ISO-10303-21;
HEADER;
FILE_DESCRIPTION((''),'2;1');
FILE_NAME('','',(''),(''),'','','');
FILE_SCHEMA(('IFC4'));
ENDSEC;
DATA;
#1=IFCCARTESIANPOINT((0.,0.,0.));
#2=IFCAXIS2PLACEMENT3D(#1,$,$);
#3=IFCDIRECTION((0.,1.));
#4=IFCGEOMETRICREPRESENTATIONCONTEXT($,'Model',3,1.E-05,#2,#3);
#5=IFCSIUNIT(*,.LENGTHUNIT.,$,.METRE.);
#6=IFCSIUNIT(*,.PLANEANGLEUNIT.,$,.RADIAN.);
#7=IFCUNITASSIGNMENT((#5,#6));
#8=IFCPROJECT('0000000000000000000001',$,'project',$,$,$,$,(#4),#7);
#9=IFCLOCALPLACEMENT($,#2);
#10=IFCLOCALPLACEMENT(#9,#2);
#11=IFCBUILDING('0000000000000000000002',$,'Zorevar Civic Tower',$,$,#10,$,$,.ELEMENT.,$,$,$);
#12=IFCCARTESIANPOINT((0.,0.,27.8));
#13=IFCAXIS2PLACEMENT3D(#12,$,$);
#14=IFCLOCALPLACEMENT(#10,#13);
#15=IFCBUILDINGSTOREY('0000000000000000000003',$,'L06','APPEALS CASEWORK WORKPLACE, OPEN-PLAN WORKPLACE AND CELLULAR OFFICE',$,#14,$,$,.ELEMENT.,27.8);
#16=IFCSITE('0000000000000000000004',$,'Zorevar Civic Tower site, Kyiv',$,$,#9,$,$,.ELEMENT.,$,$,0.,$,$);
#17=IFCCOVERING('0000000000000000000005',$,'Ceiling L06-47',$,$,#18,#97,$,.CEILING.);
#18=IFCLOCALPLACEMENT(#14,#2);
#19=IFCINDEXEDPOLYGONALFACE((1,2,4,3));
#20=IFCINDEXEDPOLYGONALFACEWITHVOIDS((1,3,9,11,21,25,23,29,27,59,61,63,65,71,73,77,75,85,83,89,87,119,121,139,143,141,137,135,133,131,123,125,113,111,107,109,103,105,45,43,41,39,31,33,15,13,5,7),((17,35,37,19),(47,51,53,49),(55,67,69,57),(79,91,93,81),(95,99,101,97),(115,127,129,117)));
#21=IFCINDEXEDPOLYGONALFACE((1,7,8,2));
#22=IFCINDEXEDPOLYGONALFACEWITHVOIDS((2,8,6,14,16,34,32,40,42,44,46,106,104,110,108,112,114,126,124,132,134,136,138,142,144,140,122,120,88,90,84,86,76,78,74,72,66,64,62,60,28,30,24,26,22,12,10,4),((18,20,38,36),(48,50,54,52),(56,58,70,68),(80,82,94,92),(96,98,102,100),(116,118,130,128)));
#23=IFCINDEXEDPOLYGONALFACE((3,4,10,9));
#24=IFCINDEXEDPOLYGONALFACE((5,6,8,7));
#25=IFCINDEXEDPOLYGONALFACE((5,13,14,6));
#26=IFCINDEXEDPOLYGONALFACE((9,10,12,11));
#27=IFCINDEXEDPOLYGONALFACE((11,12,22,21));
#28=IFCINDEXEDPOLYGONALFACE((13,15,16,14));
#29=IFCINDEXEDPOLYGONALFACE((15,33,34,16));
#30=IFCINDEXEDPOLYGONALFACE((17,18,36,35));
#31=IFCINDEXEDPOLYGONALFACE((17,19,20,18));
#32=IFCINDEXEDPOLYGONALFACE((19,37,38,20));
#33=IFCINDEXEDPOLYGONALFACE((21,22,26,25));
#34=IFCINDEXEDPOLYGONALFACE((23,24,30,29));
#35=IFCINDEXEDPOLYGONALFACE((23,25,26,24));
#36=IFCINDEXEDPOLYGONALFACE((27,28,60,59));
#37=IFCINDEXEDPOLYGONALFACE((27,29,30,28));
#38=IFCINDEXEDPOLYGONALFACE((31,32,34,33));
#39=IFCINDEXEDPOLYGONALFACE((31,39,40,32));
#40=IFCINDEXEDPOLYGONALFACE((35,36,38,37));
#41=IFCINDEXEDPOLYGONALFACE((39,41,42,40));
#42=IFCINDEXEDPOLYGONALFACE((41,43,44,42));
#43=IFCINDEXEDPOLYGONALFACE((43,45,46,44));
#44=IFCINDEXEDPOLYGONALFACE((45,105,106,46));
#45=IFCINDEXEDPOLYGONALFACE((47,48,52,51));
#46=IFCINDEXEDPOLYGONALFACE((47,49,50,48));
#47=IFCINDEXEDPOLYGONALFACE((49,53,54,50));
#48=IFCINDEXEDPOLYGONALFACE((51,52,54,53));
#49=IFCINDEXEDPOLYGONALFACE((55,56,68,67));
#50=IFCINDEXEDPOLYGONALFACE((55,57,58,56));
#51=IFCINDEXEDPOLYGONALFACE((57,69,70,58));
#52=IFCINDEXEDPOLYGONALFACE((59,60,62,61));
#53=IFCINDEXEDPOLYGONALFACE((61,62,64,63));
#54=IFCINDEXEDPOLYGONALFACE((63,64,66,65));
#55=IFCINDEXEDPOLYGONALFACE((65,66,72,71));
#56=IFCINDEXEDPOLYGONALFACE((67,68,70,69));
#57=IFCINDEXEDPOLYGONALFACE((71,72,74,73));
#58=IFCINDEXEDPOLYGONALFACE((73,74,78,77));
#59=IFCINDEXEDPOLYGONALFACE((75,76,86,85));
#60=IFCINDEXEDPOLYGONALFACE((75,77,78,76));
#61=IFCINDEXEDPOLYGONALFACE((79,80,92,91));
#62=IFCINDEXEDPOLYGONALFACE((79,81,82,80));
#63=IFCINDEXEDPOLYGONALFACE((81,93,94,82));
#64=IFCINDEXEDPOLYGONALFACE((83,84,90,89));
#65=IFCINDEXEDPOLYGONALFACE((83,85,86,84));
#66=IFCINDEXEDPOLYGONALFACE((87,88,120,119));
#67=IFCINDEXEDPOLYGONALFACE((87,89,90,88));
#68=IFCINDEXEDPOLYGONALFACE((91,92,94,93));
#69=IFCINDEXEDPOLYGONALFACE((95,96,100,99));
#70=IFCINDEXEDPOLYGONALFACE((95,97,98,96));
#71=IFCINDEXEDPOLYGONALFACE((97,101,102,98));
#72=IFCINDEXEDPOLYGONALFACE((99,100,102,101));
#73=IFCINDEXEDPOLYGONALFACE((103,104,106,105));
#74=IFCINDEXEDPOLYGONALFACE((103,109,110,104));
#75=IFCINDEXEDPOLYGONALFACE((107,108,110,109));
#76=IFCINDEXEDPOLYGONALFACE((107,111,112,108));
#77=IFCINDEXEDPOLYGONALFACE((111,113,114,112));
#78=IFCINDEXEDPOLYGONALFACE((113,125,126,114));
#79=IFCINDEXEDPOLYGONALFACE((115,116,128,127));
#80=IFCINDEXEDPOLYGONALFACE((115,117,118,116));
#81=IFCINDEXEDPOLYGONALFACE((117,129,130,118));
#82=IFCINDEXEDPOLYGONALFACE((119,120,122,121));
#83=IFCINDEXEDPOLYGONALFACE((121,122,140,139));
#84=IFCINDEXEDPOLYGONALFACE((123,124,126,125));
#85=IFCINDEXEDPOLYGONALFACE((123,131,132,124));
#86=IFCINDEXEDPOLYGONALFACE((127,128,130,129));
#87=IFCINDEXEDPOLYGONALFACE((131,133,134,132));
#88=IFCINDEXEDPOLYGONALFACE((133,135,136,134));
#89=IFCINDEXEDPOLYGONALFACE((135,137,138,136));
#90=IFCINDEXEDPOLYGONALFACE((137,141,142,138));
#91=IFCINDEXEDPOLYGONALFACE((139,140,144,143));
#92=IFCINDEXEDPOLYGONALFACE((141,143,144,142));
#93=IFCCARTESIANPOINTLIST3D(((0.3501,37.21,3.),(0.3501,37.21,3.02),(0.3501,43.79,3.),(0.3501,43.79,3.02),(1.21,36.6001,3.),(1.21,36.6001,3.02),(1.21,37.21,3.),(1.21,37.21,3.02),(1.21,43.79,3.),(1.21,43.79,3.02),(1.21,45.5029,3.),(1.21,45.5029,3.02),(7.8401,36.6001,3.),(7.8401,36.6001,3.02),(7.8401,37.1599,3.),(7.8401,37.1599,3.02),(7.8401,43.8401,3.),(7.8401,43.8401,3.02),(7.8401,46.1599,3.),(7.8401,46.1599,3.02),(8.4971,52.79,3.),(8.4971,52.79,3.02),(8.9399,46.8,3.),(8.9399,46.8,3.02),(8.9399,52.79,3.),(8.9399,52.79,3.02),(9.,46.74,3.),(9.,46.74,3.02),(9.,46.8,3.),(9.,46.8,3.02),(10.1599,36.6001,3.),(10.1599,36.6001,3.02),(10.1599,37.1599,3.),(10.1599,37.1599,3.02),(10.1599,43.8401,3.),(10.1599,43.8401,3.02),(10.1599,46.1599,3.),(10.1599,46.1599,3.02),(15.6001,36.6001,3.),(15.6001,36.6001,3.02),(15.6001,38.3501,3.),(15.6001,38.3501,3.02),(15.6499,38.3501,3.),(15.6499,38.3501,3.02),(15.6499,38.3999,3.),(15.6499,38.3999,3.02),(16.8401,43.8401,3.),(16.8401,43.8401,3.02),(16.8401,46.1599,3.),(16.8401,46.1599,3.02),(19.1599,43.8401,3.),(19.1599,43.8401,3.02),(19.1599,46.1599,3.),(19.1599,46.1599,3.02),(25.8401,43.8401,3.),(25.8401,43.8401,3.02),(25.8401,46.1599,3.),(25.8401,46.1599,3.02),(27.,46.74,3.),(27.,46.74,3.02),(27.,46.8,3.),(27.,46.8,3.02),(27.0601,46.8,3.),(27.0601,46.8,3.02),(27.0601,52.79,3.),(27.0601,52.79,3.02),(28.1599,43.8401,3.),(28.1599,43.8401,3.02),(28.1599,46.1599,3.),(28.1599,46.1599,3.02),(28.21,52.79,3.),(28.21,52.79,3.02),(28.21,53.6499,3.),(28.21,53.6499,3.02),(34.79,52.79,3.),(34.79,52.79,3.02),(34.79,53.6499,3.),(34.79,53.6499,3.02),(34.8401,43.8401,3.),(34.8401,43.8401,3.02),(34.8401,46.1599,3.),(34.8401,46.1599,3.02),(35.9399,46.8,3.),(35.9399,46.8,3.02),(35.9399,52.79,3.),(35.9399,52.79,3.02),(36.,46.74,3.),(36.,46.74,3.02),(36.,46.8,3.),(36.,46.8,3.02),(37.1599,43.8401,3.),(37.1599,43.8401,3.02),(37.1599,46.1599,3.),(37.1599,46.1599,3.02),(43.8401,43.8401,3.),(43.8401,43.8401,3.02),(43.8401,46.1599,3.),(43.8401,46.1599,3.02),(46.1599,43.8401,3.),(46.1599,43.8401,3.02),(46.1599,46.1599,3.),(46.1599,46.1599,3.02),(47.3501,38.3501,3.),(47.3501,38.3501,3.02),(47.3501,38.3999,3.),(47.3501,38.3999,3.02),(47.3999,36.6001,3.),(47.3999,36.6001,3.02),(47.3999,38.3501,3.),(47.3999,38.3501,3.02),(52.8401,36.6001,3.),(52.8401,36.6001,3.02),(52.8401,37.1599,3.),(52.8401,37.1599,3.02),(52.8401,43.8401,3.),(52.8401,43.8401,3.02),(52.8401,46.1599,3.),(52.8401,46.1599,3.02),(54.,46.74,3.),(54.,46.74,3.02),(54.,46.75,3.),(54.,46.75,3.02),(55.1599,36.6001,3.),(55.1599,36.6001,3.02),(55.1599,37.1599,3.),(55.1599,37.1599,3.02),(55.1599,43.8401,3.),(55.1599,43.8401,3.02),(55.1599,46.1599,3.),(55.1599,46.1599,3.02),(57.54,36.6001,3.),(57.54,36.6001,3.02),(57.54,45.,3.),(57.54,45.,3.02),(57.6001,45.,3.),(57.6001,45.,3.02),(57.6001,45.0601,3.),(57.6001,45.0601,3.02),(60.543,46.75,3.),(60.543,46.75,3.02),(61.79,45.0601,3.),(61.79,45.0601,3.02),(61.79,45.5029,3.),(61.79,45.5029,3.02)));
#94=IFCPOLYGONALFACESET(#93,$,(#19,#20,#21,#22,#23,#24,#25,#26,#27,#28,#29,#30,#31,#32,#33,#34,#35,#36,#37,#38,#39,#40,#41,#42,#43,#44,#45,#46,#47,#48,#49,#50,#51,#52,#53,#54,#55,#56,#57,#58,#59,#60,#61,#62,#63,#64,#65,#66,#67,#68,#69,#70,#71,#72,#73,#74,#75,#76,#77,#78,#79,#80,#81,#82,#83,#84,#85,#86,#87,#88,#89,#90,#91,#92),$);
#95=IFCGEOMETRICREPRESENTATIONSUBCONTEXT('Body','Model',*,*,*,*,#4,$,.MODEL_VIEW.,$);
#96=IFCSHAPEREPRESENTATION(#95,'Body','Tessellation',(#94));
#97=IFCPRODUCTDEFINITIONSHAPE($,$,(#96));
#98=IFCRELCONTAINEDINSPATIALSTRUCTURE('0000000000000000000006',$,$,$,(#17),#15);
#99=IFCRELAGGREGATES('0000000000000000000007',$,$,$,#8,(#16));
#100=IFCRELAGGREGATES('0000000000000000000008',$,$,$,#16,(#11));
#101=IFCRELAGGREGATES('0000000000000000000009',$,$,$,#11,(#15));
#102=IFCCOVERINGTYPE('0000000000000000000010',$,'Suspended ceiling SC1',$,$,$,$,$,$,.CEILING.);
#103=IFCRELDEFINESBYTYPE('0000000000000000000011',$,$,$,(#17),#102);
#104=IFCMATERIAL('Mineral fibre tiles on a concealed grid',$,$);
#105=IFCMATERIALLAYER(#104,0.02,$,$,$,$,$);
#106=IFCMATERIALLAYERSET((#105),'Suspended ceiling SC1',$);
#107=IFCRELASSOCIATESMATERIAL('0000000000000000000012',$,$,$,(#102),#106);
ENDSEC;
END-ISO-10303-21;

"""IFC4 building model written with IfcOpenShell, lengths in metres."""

from ifc_helpers import new_model, si_unit, direction, frame, origin, place, context, subcontext, project, spatial, polyline, outline, extrude, material, layer, layer_set, type_object, element, save


model = new_model("IFC4")

# Units and contexts
model_context = context("Model", 3, precision=1e-05, world=origin(), true_north=direction((0.0, 1.0)))
body_context = subcontext(model_context, "Body", "Model", "MODEL_VIEW")
ifc_project = project(units=[si_unit("LENGTHUNIT", "METRE"), si_unit("PLANEANGLEUNIT", "RADIAN")], contexts=[model_context])

# Site, building, storey
site_placement = place(None, origin())
site = spatial("IfcSite", under=ifc_project, at=site_placement, Name="Zorevar Civic Tower site, Kyiv", CompositionType="ELEMENT", RefElevation=0.0)
building_placement = place(site_placement, origin())
building = spatial("IfcBuilding", under=site, at=building_placement, Name="Zorevar Civic Tower", CompositionType="ELEMENT")
storey_placement = place(building_placement, frame((0.0, 0.0, 27.8)))
storey = spatial("IfcBuildingStorey", under=building, at=storey_placement, Name="L06", Description="APPEALS CASEWORK WORKPLACE, OPEN-PLAN WORKPLACE AND CELLULAR OFFICE", CompositionType="ELEMENT", Elevation=27.8)

# Covering
ifc_material_1 = material(Name="Mineral fibre tiles on a concealed grid")
ifc_layer_1 = layer(ifc_material_1, 0.02)
ifc_layer_set_1 = layer_set([ifc_layer_1], Name="Suspended ceiling SC1")
covering_type_1 = type_object("IfcCoveringType", Name="Suspended ceiling SC1", PredefinedType="CEILING", material=ifc_layer_set_1)
covering_1_placement = place(storey_placement, frame((0.0, 0.0, 3.0)))
element("IfcCovering", 1, at=covering_1_placement, inside=storey, type_object=covering_type_1, Name="Ceiling L06-47", PredefinedType="CEILING", context=body_context, shape_type="SweptSolid", body=[
    extrude(outline(polyline([(61.79, 45.5029), (61.79, 45.0601), (57.6001, 45.0601), (57.6001, 45.0), (57.54, 45.0), (57.54, 36.6001), (55.1599, 36.6001), (55.1599, 37.1599), (52.8401, 37.1599), (52.8401, 36.6001), (47.3999, 36.6001), (47.3999, 38.3501), (47.3501, 38.3501), (47.3501, 38.3999), (15.6499, 38.3999), (15.6499, 38.3501), (15.6001, 38.3501), (15.6001, 36.6001), (10.1599, 36.6001), (10.1599, 37.1599), (7.8401, 37.1599), (7.8401, 36.6001), (1.21, 36.6001), (1.21, 37.21), (0.3501, 37.21), (0.3501, 43.79), (1.21, 43.79), (1.21, 45.5029), (8.4971, 52.79), (8.9399, 52.79), (8.9399, 46.8), (9.0, 46.8), (9.0, 46.74), (27.0, 46.74), (27.0, 46.8), (27.0601, 46.8), (27.0601, 52.79), (28.21, 52.79), (28.21, 53.6499), (34.79, 53.6499), (34.79, 52.79), (35.9399, 52.79), (35.9399, 46.8), (36.0, 46.8), (36.0, 46.74), (54.0, 46.74), (54.0, 46.75), (60.543, 46.75), (61.79, 45.5029)]), holes=[polyline([(10.1599, 46.1599), (7.8401, 46.1599), (7.8401, 43.8401), (10.1599, 43.8401), (10.1599, 46.1599)]), polyline([(16.8401, 43.8401), (19.1599, 43.8401), (19.1599, 46.1599), (16.8401, 46.1599), (16.8401, 43.8401)]), polyline([(25.8401, 46.1599), (25.8401, 43.8401), (28.1599, 43.8401), (28.1599, 46.1599), (25.8401, 46.1599)]), polyline([(37.1599, 43.8401), (37.1599, 46.1599), (34.8401, 46.1599), (34.8401, 43.8401), (37.1599, 43.8401)]), polyline([(43.8401, 46.1599), (43.8401, 43.8401), (46.1599, 43.8401), (46.1599, 46.1599), (43.8401, 46.1599)]), polyline([(55.1599, 43.8401), (55.1599, 46.1599), (52.8401, 46.1599), (52.8401, 43.8401), (55.1599, 43.8401)])]), origin(), (0.0, 0.0, 1.0), 0.02),
])

save(model, "model.ifc")
